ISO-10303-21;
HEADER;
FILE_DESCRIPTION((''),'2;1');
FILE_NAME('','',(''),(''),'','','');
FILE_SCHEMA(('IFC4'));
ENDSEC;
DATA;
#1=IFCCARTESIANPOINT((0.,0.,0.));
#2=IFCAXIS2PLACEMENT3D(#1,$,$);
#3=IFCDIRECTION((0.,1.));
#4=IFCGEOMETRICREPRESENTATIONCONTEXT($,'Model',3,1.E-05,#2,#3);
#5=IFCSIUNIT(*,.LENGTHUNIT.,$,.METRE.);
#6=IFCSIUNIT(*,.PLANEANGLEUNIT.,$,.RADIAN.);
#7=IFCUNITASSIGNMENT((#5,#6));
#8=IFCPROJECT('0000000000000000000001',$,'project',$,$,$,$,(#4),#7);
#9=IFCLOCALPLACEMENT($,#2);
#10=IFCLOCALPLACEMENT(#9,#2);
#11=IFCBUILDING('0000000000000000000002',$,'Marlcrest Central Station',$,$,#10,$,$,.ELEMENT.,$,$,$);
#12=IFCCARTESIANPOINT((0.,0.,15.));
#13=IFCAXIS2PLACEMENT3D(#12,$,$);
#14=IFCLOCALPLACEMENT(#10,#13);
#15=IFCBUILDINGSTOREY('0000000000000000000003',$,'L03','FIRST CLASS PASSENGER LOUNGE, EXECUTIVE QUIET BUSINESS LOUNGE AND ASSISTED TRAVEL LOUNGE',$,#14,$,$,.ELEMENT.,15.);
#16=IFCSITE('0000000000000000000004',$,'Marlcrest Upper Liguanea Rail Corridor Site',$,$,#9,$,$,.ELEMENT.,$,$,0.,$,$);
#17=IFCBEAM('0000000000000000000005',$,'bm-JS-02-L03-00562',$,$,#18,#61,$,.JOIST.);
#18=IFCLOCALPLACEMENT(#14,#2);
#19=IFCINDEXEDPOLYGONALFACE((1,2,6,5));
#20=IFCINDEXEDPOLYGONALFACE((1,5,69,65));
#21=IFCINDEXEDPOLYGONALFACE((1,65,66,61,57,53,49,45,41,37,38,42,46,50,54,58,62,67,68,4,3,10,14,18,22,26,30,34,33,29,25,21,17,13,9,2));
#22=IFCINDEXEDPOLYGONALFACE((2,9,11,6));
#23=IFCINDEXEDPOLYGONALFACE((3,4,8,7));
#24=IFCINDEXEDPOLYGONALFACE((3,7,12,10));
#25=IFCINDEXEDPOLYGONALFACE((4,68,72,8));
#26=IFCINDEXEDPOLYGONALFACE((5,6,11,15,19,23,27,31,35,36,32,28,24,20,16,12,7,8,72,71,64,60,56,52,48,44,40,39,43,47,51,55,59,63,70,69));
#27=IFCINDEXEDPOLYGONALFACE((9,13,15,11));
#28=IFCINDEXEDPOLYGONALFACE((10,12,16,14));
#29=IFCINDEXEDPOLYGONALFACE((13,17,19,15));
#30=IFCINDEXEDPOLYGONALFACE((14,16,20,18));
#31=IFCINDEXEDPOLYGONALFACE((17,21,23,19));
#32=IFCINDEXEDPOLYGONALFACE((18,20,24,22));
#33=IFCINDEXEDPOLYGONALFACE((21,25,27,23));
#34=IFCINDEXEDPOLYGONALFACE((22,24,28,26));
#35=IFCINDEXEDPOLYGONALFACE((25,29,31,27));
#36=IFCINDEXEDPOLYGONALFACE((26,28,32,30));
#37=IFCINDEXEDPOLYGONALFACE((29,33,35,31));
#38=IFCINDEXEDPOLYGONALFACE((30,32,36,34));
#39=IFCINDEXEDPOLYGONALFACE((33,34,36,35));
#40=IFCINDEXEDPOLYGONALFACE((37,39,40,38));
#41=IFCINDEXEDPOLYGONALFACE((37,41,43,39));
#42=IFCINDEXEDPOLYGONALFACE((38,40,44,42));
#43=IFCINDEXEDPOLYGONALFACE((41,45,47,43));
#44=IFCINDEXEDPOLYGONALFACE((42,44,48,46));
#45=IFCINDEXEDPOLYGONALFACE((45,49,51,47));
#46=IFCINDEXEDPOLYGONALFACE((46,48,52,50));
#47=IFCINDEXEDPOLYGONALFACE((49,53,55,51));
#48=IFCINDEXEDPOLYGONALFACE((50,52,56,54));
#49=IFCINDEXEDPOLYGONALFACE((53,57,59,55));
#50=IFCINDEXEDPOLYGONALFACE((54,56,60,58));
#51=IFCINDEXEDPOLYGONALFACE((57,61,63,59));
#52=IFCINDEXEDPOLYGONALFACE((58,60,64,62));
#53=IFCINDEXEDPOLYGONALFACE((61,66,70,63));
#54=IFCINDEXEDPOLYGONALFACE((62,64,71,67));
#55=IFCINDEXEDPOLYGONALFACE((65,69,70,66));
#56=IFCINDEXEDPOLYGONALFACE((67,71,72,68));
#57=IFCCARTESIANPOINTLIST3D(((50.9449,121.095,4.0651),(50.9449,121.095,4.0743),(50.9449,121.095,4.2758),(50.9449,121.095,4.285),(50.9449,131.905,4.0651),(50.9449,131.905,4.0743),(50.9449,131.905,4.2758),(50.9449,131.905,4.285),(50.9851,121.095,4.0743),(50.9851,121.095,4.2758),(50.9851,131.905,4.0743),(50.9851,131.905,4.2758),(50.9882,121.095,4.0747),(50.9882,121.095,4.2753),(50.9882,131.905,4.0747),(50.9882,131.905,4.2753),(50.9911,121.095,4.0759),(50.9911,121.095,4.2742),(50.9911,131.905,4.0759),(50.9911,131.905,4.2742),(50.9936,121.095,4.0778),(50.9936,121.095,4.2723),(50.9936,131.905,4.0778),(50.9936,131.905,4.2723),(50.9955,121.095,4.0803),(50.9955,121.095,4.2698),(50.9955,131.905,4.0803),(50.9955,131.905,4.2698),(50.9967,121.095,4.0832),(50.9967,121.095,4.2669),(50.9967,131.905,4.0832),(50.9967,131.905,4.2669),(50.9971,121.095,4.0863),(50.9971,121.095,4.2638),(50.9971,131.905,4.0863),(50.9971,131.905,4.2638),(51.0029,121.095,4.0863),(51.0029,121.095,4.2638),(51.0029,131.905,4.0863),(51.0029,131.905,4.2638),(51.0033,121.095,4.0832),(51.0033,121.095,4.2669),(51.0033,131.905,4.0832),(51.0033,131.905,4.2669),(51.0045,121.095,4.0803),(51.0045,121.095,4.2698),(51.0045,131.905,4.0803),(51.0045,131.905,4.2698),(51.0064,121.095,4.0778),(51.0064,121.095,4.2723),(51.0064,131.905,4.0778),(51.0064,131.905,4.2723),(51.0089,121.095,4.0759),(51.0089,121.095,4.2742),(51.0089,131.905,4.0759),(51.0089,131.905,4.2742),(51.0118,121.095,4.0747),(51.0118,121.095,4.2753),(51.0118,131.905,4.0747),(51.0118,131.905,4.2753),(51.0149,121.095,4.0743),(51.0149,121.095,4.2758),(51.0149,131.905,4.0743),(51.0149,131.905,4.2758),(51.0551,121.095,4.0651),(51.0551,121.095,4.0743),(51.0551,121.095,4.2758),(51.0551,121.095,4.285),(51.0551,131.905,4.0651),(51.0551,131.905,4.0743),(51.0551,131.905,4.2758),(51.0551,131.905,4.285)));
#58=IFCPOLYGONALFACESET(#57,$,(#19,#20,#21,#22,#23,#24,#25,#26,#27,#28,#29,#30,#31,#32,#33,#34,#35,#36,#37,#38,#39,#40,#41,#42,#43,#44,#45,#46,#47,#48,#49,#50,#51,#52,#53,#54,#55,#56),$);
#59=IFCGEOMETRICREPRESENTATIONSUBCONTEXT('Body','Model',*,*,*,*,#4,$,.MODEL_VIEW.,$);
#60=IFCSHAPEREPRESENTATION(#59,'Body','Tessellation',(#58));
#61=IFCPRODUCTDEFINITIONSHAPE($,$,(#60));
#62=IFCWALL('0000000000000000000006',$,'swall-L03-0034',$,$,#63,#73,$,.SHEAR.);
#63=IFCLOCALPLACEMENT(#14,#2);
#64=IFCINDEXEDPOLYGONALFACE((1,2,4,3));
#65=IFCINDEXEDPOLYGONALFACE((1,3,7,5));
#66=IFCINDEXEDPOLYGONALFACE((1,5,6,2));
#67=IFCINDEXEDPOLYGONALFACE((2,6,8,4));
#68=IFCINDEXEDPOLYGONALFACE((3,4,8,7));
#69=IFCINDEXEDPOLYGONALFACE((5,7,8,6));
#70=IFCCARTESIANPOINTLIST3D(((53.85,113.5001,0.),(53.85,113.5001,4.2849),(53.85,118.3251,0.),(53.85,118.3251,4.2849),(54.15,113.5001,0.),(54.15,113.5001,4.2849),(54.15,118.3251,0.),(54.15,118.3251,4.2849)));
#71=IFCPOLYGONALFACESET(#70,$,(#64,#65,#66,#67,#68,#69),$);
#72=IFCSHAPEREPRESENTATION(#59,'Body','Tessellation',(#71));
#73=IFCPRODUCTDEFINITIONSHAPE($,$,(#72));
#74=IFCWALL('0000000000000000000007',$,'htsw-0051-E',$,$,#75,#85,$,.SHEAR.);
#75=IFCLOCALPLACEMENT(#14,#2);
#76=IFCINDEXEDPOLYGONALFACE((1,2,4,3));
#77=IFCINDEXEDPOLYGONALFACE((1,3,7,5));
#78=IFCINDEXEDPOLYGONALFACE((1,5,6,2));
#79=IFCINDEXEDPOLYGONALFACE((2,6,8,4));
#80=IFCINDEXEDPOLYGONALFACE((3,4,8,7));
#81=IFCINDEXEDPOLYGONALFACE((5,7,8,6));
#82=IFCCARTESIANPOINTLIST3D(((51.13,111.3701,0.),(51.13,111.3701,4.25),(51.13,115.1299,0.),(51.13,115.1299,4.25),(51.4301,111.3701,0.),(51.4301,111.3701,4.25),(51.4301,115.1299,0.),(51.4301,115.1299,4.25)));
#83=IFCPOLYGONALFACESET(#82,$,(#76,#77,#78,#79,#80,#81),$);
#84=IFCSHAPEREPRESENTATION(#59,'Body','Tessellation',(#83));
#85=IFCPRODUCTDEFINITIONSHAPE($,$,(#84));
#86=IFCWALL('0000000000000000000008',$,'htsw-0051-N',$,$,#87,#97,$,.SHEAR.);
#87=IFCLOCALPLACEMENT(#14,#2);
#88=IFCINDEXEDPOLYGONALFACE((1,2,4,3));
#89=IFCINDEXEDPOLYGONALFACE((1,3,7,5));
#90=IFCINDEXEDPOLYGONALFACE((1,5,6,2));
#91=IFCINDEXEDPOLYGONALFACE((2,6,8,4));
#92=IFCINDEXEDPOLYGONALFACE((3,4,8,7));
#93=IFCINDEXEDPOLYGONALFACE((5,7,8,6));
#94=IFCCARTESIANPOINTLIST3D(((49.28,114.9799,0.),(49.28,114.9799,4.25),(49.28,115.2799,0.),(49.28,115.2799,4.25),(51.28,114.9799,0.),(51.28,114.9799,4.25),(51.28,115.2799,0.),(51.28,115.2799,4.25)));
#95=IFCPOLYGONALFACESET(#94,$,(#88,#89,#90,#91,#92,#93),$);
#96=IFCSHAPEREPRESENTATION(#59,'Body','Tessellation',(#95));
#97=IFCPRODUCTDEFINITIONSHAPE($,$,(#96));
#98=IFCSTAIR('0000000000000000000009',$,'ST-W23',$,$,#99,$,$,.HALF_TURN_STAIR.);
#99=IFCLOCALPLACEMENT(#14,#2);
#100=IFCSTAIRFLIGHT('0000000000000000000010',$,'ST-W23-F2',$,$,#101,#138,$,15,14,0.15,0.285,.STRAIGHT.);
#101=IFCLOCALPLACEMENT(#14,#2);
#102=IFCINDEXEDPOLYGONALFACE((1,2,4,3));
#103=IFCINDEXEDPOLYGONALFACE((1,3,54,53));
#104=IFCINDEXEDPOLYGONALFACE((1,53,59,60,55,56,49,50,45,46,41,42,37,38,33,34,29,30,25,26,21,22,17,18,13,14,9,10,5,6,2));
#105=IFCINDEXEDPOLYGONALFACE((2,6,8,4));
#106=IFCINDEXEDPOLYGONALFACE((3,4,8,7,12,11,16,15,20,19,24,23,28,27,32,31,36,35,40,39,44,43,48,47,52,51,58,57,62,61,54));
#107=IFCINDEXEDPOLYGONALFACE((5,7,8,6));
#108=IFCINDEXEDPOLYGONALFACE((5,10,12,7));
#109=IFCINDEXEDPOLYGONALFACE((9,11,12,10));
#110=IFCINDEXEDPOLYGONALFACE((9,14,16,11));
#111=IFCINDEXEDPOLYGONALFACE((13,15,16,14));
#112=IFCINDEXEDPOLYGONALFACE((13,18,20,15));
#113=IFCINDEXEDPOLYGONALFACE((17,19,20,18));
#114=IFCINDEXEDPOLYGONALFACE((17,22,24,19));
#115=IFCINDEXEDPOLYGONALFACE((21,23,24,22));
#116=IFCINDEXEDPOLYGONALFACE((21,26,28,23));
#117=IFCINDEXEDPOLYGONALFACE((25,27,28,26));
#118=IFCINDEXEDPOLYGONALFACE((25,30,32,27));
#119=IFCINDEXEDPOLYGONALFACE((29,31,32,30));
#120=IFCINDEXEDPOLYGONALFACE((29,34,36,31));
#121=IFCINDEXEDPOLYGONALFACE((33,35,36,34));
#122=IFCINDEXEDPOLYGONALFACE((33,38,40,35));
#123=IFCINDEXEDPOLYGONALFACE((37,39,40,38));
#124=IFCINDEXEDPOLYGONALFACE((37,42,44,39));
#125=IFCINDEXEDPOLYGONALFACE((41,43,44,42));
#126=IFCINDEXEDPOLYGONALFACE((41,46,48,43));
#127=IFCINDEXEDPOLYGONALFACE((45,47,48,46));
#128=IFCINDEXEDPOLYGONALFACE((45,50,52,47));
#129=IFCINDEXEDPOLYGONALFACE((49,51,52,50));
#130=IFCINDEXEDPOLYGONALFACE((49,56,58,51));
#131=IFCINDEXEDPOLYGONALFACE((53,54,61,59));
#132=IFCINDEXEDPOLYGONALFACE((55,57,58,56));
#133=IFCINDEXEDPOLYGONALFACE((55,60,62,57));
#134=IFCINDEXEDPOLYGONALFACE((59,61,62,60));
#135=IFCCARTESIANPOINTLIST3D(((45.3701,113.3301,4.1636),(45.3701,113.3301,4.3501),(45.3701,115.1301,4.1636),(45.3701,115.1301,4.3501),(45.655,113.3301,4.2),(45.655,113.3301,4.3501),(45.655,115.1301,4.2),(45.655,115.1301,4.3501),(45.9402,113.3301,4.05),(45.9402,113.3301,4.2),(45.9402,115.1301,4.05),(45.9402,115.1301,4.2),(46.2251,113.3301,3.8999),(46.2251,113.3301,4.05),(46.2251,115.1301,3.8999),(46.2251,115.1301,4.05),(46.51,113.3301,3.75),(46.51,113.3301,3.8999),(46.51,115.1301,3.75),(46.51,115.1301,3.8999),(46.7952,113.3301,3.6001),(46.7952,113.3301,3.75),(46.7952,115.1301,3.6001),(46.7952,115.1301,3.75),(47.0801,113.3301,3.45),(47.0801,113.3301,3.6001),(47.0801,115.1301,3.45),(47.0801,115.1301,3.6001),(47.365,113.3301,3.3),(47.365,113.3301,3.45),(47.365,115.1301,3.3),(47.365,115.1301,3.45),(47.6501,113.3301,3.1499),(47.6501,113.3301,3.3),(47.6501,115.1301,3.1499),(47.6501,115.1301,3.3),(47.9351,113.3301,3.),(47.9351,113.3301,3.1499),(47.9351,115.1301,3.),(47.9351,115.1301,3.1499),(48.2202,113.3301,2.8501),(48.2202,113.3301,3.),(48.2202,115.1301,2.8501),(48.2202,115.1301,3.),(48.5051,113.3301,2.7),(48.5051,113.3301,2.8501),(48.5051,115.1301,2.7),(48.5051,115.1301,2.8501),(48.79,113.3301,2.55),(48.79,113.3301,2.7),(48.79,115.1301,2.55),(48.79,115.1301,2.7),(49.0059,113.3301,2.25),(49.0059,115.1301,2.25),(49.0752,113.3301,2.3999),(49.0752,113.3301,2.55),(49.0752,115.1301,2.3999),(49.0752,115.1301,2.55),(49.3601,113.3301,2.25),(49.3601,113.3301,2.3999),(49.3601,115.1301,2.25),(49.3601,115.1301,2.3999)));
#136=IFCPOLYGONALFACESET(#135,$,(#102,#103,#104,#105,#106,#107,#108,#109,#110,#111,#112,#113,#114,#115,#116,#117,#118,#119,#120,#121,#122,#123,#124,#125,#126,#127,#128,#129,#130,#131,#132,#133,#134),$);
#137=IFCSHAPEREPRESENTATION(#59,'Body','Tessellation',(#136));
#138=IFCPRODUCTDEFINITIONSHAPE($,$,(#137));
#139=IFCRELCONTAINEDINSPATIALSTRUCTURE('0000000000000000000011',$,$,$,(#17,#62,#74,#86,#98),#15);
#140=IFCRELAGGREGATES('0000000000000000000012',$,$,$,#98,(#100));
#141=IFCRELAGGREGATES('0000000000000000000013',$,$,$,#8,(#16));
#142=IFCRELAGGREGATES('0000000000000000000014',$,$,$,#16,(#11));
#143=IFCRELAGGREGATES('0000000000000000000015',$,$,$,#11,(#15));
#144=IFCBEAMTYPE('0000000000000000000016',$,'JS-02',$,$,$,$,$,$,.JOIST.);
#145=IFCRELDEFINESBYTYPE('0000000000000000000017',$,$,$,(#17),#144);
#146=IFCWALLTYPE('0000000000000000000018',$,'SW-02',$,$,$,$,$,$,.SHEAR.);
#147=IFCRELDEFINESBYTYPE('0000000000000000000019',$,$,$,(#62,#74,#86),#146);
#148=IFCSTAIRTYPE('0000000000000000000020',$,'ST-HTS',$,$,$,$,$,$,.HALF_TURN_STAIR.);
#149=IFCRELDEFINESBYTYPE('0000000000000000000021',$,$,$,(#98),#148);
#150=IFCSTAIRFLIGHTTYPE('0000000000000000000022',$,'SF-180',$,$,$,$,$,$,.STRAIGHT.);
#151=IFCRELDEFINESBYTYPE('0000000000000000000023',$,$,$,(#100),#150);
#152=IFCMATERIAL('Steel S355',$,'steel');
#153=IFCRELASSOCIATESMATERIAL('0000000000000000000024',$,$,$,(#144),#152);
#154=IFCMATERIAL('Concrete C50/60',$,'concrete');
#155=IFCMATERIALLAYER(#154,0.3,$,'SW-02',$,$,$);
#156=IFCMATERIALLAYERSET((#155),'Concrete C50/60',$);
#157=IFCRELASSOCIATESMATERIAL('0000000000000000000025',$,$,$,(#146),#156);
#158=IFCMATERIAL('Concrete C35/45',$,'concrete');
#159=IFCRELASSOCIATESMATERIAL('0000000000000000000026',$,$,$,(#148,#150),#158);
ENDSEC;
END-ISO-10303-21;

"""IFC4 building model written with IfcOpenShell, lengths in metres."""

from ifc_helpers import new_model, si_unit, direction, frame, frame_2d, origin, origin_2d, place, context, subcontext, project, spatial, polyline, rectangle, i_section, outline, extrude, material, layer, layer_set, material_profile, profile_set, type_object, element, aggregate, save


model = new_model("IFC4")

# Units and contexts
model_context = context("Model", 3, precision=1e-05, world=origin(), true_north=direction((0.0, 1.0)))
body_context = subcontext(model_context, "Body", "Model", "MODEL_VIEW")
ifc_project = project(units=[si_unit("LENGTHUNIT", "METRE"), si_unit("PLANEANGLEUNIT", "RADIAN")], contexts=[model_context])

# Site, building, storey
site_placement = place(None, origin())
site = spatial("IfcSite", under=ifc_project, at=site_placement, Name="Marlcrest Upper Liguanea Rail Corridor Site", CompositionType="ELEMENT", RefElevation=0.0)
building_placement = place(site_placement, origin())
building = spatial("IfcBuilding", under=site, at=building_placement, Name="Marlcrest Central Station", CompositionType="ELEMENT")
storey_placement = place(building_placement, frame((0.0, 0.0, 15.0)))
storey = spatial("IfcBuildingStorey", under=building, at=storey_placement, Name="L03", Description="FIRST CLASS PASSENGER LOUNGE, EXECUTIVE QUIET BUSINESS LOUNGE AND ASSISTED TRAVEL LOUNGE", CompositionType="ELEMENT", Elevation=15.0)

# Shared definitions
ifc_material_1 = material(Name="Steel S355", Category="steel")

# Beam
ifc_material_profile_1 = material_profile(ifc_material_1, i_section(OverallWidth=0.1101, OverallDepth=0.22, WebThickness=0.0059, FlangeThickness=0.0093, FilletRadius=0.012, at=origin_2d()), Name="IPE 220")
ifc_profile_set_1 = profile_set([ifc_material_profile_1], Name="Steel S355")
beam_type_1 = type_object("IfcBeamType", Name="JS-02", PredefinedType="JOIST", material=ifc_profile_set_1)
beam_1_placement = place(storey_placement, frame((51.0, 121.095, 4.175), z_axis=(0.0, 1.0, 0.0), x_axis=(-1.0, 0.0, 0.0)))
element("IfcBeam", 1, at=beam_1_placement, inside=storey, type_object=beam_type_1, Name="bm-JS-02-L03-00562", PredefinedType="JOIST", context=body_context, shape_type="SweptSolid", body=[
    extrude(i_section(OverallWidth=0.1101, OverallDepth=0.22, WebThickness=0.0059, FlangeThickness=0.0093, FilletRadius=0.012, at=origin_2d()), origin(), (0.0, 0.0, 1.0), 10.8101),
])

# Walls
ifc_material_2 = material(Name="Concrete C50/60", Category="concrete")
ifc_layer = layer(ifc_material_2, 0.3, Name="SW-02")
ifc_layer_set = layer_set([ifc_layer], Name="Concrete C50/60")
wall_type = type_object("IfcWallType", Name="SW-02", PredefinedType="SHEAR", material=ifc_layer_set)
wall_1_placement = place(storey_placement, frame((54.0, 113.5, 0.0), z_axis=(0.0, 0.0, 1.0), x_axis=(0.0, 1.0, 0.0)))
element("IfcWall", 2, at=wall_1_placement, inside=storey, type_object=wall_type, Name="swall-L03-0034", PredefinedType="SHEAR", context=body_context, shape_type="SweptSolid", body=[
    extrude(rectangle(XDim=4.825, YDim=0.3, at=frame_2d((2.4126, 0.0))), origin(), (0.0, 0.0, 1.0), 4.2849),
])
wall_2_placement = place(storey_placement, frame((51.28, 111.3701, 0.0), z_axis=(0.0, 0.0, 1.0), x_axis=(0.0, 1.0, 0.0)))
element("IfcWall", 3, at=wall_2_placement, inside=storey, type_object=wall_type, Name="htsw-0051-E", PredefinedType="SHEAR", context=body_context, shape_type="SweptSolid", body=[
    extrude(rectangle(XDim=3.7598, YDim=0.3, at=frame_2d((1.8799, 0.0))), origin(), (0.0, 0.0, 1.0), 4.25),
])
wall_3_placement = place(storey_placement, frame((51.28, 115.1299, 0.0), z_axis=(0.0, 0.0, 1.0), x_axis=(-1.0, 0.0, 0.0)))
element("IfcWall", 4, at=wall_3_placement, inside=storey, type_object=wall_type, Name="htsw-0051-N", PredefinedType="SHEAR", context=body_context, shape_type="SweptSolid", body=[
    extrude(rectangle(XDim=2.0, YDim=0.3, at=frame_2d((1.0, 0.0))), origin(), (0.0, 0.0, 1.0), 4.25),
])

# Stair, stair flight
ifc_material_3 = material(Name="Concrete C35/45", Category="concrete")
stair_type = type_object("IfcStairType", Name="ST-HTS", PredefinedType="HALF_TURN_STAIR", material=ifc_material_3)
stair_placement = place(storey_placement, origin())
stair = element("IfcStair", 5, at=stair_placement, inside=storey, type_object=stair_type, Name="ST-W23", PredefinedType="HALF_TURN_STAIR")
stair_flight_type = type_object("IfcStairFlightType", Name="SF-180", PredefinedType="STRAIGHT", material=ifc_material_3)
stair_flight_placement = place(storey_placement, frame((49.3601, 114.23, 2.25), z_axis=(0.0, 0.0, 1.0), x_axis=(-1.0, 0.0, 0.0)))
stair_flight = element("IfcStairFlight", 6, at=stair_flight_placement, type_object=stair_flight_type, Name="ST-W23-F2", NumberOfRisers=15, NumberOfTreads=14, PredefinedType="STRAIGHT", RiserHeight=0.15, TreadLength=0.285, context=body_context, shape_type="SweptSolid", body=[
    extrude(outline(polyline([(0.0, 0.0), (0.0, 0.1499), (0.2849, 0.1499), (0.2849, 0.3), (0.5701, 0.3), (0.5701, 0.45), (0.855, 0.45), (0.855, 0.6001), (1.1399, 0.6001), (1.1399, 0.75), (1.425, 0.75), (1.425, 0.8999), (1.71, 0.8999), (1.71, 1.05), (1.9951, 1.05), (1.9951, 1.2), (2.28, 1.2), (2.28, 1.3501), (2.5649, 1.3501), (2.5649, 1.5), (2.8501, 1.5), (2.8501, 1.6499), (3.135, 1.6499), (3.135, 1.8), (3.4199, 1.8), (3.4199, 1.95), (3.7051, 1.95), (3.7051, 2.1001), (3.99, 2.1001), (3.99, 2.25), (3.99, 1.9136), (0.3542, 0.0), (0.0, 0.0)])), frame((0.0, 0.8999, 0.0), z_axis=(0.0, -1.0, 0.0), x_axis=(1.0, 0.0, 0.0)), (0.0, 0.0, 1.0), 1.8),
])
aggregate(stair, [stair_flight])

save(model, "model.ifc")
